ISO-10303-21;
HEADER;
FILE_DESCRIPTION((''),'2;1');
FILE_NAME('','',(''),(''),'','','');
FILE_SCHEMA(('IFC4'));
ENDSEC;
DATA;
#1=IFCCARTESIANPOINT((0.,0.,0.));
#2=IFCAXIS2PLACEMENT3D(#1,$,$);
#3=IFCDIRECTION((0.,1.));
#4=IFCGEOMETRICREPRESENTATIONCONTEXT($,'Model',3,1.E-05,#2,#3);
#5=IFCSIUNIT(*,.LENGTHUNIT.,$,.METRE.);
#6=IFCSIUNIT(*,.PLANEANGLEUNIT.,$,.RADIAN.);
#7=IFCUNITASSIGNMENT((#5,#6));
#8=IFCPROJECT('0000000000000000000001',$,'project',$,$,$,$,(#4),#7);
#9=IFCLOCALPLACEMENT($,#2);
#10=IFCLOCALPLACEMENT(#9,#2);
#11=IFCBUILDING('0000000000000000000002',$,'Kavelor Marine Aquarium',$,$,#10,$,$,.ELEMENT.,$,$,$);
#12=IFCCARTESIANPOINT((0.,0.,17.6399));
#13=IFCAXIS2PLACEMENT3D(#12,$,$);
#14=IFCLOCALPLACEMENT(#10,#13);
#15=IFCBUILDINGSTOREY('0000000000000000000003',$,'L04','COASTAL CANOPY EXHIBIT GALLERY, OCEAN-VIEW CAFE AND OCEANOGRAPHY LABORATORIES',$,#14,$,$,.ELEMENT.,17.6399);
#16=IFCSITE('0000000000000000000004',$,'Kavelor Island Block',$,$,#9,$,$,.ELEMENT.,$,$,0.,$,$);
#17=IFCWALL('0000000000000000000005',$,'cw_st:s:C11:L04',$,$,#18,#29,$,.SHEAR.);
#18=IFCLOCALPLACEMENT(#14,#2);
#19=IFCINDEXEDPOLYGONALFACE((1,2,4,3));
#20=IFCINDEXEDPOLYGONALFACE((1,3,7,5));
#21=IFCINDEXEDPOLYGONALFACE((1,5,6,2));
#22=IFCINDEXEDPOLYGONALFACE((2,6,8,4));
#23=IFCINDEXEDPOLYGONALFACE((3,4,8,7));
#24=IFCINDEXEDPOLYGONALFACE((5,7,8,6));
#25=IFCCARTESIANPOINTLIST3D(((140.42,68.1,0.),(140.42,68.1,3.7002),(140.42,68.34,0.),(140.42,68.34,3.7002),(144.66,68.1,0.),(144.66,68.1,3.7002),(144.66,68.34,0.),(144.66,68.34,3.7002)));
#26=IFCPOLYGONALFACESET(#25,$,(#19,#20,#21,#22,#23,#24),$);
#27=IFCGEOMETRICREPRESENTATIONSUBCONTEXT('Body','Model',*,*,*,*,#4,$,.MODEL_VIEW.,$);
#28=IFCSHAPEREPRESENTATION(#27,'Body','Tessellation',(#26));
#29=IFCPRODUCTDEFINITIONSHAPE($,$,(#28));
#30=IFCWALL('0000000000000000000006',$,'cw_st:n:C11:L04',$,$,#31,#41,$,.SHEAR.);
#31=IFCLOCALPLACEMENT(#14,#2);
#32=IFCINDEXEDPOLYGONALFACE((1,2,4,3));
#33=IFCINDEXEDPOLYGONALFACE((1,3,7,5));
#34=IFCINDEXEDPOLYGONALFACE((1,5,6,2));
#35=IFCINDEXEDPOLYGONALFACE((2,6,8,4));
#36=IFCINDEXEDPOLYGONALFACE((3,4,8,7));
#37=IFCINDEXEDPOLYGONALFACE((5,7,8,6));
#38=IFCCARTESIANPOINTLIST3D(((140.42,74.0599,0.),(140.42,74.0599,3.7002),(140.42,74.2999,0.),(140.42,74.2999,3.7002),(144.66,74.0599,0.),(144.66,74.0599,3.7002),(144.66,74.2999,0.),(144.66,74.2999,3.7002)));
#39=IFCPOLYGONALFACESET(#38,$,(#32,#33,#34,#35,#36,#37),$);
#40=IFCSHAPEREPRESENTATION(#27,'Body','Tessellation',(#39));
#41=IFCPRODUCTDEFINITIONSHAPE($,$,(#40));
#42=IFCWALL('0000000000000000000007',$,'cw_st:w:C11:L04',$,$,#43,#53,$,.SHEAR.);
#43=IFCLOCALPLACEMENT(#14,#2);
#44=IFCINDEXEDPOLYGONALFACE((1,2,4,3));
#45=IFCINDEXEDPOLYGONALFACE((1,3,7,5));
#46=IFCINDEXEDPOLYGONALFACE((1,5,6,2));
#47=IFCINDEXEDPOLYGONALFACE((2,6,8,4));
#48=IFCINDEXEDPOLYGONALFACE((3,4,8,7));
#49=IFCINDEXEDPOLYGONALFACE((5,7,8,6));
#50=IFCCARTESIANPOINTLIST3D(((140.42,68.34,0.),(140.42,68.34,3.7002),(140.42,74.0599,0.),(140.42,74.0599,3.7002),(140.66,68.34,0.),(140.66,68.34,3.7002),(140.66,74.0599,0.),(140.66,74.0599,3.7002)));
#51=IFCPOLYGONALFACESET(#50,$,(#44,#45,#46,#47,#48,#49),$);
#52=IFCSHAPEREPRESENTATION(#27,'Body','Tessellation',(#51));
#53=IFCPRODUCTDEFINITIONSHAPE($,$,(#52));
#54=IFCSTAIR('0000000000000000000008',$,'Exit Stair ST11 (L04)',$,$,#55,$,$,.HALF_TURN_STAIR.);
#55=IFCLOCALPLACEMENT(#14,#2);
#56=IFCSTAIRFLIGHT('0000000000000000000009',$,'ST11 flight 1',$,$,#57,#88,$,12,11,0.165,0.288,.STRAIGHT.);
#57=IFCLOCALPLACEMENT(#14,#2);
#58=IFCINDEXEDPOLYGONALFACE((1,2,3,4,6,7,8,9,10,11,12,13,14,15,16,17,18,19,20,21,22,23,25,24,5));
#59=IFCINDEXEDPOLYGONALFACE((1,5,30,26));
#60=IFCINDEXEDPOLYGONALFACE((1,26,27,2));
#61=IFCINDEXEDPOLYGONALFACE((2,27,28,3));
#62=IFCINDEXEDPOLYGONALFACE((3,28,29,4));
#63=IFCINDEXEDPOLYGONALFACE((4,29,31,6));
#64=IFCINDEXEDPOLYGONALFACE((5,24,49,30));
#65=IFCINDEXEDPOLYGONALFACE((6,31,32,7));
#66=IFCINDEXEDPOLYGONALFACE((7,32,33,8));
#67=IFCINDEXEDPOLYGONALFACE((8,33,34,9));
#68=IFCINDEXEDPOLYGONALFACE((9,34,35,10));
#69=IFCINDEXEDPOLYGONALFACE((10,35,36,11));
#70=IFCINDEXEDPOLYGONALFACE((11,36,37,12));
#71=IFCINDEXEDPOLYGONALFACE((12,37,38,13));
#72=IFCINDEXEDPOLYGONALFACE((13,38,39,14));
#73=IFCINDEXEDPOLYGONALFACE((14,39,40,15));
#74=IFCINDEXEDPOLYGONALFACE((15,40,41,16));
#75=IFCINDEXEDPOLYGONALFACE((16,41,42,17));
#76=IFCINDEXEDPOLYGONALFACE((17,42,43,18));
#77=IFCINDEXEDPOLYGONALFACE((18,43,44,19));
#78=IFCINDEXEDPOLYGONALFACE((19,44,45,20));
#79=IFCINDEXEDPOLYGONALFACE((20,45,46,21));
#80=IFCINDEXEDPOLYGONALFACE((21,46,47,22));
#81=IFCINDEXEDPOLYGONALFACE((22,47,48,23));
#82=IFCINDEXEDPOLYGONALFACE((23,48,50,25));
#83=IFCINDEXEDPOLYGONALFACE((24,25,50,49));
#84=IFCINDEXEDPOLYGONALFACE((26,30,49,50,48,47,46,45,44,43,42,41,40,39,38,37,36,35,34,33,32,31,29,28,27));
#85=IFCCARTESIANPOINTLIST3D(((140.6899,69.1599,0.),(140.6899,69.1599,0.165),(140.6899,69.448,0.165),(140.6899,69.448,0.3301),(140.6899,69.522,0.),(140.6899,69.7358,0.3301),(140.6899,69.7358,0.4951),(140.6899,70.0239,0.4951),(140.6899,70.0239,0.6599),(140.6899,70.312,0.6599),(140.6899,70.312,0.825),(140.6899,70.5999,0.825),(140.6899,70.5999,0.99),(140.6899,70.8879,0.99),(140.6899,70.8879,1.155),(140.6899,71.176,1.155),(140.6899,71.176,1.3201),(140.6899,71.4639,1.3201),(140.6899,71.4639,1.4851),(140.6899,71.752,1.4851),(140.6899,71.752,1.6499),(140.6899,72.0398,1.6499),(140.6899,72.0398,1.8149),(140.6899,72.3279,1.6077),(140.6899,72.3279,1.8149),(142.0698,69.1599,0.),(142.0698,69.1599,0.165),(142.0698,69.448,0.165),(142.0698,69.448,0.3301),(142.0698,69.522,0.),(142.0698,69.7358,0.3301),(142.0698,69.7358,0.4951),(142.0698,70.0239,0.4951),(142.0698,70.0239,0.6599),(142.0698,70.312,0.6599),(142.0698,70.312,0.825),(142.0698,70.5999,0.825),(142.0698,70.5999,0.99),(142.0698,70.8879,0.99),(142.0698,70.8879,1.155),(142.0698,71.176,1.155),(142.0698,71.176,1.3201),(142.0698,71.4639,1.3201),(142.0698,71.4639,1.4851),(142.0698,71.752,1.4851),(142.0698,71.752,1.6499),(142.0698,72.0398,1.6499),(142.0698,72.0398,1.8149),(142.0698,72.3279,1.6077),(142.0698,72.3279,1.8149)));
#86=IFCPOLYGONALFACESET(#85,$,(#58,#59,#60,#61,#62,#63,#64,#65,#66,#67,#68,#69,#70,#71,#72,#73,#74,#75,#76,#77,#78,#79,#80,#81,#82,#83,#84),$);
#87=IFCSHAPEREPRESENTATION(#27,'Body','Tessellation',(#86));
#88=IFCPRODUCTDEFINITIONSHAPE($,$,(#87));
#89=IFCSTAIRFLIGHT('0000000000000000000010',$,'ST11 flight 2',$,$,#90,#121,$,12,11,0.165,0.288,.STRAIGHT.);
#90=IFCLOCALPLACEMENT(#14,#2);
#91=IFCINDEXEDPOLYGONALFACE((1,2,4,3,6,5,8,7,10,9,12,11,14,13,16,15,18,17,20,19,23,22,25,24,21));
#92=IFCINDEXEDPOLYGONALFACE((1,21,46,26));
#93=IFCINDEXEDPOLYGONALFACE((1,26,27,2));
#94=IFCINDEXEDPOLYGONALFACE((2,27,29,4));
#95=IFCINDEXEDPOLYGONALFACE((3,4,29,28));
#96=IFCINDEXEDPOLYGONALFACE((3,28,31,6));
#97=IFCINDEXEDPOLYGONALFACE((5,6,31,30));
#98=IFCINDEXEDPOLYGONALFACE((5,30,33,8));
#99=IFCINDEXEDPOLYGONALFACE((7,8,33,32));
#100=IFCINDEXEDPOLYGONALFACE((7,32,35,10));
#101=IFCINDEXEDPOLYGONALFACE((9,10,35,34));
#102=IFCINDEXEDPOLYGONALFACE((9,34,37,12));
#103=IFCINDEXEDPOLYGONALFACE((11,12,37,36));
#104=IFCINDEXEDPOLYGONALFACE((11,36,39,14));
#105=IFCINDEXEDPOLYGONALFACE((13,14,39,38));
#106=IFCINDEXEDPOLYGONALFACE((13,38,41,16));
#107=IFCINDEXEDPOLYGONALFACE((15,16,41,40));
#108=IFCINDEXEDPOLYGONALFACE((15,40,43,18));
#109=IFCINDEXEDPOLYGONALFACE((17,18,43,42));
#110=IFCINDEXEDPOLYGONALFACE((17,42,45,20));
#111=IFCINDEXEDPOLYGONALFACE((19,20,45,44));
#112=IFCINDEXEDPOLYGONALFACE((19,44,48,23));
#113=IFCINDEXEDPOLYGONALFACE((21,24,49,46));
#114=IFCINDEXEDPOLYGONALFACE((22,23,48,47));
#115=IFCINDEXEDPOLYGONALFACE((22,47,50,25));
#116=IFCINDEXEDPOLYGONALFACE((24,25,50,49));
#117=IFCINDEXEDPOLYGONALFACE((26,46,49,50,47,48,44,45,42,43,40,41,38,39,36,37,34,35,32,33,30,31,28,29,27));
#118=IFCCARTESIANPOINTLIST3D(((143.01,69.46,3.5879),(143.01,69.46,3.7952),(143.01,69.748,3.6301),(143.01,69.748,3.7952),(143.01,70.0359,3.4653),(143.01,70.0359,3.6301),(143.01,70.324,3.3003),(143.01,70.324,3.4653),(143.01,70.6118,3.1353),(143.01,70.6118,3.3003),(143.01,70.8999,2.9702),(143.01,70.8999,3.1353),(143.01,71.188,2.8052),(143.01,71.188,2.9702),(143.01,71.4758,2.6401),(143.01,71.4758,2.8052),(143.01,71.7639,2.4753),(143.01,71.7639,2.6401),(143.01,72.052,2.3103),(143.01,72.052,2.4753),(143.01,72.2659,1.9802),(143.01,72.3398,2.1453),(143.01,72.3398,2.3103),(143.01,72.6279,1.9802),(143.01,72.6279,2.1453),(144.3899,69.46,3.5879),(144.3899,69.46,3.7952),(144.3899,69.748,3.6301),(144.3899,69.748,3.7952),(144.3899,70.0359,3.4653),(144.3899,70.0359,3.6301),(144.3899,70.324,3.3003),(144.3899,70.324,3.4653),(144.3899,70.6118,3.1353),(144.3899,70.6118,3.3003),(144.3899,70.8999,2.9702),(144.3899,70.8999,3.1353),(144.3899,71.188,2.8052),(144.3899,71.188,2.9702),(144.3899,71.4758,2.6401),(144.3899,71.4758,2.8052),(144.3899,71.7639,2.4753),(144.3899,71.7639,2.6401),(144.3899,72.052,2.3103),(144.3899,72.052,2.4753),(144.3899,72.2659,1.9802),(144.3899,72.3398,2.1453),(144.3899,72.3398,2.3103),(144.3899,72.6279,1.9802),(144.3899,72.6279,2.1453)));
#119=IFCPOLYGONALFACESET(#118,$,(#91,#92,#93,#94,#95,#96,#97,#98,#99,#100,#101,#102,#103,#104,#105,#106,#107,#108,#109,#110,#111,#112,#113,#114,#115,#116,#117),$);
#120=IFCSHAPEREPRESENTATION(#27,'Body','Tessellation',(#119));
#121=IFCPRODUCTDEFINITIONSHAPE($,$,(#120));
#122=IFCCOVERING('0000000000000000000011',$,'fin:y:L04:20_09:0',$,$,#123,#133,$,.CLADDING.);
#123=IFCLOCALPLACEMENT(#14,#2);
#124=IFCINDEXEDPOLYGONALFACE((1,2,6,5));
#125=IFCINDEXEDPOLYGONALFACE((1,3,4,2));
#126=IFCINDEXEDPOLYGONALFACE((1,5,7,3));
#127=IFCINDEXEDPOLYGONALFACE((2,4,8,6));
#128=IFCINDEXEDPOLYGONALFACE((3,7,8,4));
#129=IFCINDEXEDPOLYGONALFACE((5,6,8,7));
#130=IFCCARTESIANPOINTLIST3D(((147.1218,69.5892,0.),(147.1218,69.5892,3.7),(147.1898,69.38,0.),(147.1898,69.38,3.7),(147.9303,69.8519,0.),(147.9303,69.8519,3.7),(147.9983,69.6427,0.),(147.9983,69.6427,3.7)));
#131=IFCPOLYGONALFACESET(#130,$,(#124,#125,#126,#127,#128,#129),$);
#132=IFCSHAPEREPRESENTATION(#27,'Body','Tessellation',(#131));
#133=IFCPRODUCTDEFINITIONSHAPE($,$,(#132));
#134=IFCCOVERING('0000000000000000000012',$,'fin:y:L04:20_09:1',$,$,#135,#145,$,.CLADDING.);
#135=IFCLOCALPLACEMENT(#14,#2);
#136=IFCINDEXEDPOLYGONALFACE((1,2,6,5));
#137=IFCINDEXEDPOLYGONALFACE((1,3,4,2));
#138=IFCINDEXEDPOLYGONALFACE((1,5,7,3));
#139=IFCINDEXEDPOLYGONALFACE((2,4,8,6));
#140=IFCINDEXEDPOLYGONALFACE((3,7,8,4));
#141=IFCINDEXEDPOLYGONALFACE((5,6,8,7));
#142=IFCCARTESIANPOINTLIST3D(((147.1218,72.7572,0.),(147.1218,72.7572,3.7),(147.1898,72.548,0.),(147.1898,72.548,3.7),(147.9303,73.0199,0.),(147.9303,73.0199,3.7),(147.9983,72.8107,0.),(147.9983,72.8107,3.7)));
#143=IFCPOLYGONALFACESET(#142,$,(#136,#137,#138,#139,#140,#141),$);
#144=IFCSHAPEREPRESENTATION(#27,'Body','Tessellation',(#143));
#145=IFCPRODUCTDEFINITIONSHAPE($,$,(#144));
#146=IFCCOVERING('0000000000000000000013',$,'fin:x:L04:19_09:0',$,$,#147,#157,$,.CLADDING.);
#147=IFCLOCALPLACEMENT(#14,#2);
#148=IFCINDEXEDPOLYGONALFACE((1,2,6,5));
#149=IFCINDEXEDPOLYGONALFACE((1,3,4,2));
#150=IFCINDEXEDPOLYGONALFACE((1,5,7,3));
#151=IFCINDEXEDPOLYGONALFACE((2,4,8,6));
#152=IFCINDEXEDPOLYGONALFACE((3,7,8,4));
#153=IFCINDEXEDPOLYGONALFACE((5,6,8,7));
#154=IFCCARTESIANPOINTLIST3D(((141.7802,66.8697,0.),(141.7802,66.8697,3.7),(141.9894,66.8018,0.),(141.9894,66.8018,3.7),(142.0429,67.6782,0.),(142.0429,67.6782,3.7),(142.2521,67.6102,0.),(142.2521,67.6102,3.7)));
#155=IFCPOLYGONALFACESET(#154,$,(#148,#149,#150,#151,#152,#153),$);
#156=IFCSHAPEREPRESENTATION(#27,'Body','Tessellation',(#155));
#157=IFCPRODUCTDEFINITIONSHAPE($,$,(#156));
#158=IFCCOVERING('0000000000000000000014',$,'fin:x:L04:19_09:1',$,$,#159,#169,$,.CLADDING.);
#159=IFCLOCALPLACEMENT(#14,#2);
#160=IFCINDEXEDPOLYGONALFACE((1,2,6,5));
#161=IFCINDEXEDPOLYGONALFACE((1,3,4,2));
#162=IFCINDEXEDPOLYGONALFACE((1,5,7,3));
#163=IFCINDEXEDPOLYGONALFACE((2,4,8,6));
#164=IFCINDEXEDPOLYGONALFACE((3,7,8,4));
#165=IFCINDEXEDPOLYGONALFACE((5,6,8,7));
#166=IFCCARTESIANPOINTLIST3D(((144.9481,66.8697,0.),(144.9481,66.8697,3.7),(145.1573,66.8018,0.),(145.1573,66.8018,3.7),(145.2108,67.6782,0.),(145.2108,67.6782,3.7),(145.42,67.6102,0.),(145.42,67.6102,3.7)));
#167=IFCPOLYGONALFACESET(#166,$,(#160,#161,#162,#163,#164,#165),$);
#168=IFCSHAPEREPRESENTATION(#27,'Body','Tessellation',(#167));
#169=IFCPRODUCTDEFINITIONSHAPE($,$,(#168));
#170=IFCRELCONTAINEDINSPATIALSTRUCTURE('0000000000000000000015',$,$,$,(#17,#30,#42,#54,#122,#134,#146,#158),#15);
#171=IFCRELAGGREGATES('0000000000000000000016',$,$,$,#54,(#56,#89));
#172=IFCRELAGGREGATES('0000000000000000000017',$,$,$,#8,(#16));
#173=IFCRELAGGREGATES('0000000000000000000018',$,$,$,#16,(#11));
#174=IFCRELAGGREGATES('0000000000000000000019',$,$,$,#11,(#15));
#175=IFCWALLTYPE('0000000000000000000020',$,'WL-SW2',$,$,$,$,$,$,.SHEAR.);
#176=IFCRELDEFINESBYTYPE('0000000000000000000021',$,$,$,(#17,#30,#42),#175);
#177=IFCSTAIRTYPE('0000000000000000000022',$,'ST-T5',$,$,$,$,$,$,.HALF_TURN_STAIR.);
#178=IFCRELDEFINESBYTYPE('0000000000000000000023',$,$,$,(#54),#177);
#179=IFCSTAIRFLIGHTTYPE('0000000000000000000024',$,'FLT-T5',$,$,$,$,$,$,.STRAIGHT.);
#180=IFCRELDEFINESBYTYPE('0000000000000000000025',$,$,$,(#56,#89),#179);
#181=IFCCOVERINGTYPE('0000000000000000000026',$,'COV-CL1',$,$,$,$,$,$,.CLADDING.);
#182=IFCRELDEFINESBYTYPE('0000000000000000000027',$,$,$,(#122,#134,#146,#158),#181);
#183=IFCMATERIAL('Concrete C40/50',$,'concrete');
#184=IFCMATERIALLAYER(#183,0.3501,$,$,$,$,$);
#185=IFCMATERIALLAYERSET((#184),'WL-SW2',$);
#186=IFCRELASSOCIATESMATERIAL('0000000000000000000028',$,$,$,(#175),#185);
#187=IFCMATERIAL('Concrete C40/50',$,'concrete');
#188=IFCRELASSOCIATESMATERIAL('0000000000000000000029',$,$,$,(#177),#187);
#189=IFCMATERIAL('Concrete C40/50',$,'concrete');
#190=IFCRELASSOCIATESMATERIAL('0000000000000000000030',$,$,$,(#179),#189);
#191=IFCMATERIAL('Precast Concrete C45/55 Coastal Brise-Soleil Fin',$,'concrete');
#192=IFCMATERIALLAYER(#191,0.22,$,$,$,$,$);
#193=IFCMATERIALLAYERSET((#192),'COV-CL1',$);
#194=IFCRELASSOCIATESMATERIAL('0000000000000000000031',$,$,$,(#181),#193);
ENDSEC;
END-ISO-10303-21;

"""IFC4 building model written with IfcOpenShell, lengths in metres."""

from ifc_helpers import new_model, si_unit, direction, frame, frame_2d, origin, origin_2d, place, context, subcontext, project, spatial, polyline, rectangle, outline, extrude, material, layer, layer_set, type_object, element, aggregate, save


model = new_model("IFC4")

# Units and contexts
model_context = context("Model", 3, precision=1e-05, world=origin(), true_north=direction((0.0, 1.0)))
body_context = subcontext(model_context, "Body", "Model", "MODEL_VIEW")
ifc_project = project(units=[si_unit("LENGTHUNIT", "METRE"), si_unit("PLANEANGLEUNIT", "RADIAN")], contexts=[model_context])

# Site, building, storey
site_placement = place(None, origin())
site = spatial("IfcSite", under=ifc_project, at=site_placement, Name="Kavelor Island Block", CompositionType="ELEMENT", RefElevation=0.0)
building_placement = place(site_placement, origin())
building = spatial("IfcBuilding", under=site, at=building_placement, Name="Kavelor Marine Aquarium", CompositionType="ELEMENT")
storey_placement = place(building_placement, frame((0.0, 0.0, 17.6399)))
storey = spatial("IfcBuildingStorey", under=building, at=storey_placement, Name="L04", Description="COASTAL CANOPY EXHIBIT GALLERY, OCEAN-VIEW CAFE AND OCEANOGRAPHY LABORATORIES", CompositionType="ELEMENT", Elevation=17.6399)

# Walls
ifc_material_1 = material(Name="Concrete C40/50", Category="concrete")
ifc_layer_1 = layer(ifc_material_1, 0.3501)
ifc_layer_set_1 = layer_set([ifc_layer_1], Name="WL-SW2")
wall_type_1 = type_object("IfcWallType", Name="WL-SW2", PredefinedType="SHEAR", material=ifc_layer_set_1)
for number, where, z_axis, x_axis, name in (
    (1, (140.4199, 68.22, 0.0), (0.0, 0.0, 1.0), (1.0, 0.0, 0.0), "cw_st:s:C11:L04"),
    (2, (140.4199, 74.1799, 0.0), (0.0, 0.0, 1.0), (1.0, 0.0, 0.0), "cw_st:n:C11:L04"),
):
    element("IfcWall", number, at=place(storey_placement, frame(where, z_axis=z_axis, x_axis=x_axis)), inside=storey, type_object=wall_type_1, Name=name, PredefinedType="SHEAR", context=body_context, shape_type="SweptSolid", body=[
        extrude(rectangle(XDim=4.24, YDim=0.24, at=frame_2d((2.1201, 0.0))), origin(), (0.0, 0.0, 1.0), 3.7002),
    ])
wall_1_placement = place(storey_placement, frame((140.54, 68.3401, 0.0), z_axis=(0.0, 0.0, 1.0), x_axis=(0.0, 1.0, 0.0)))
element("IfcWall", 3, at=wall_1_placement, inside=storey, type_object=wall_type_1, Name="cw_st:w:C11:L04", PredefinedType="SHEAR", context=body_context, shape_type="SweptSolid", body=[
    extrude(rectangle(XDim=5.72, YDim=0.24, at=frame_2d((2.8599, 0.0))), origin(), (0.0, 0.0, 1.0), 3.7002),
])

# Stair, stair flights
ifc_material_2 = material(Name="Concrete C40/50", Category="concrete")
stair_type = type_object("IfcStairType", Name="ST-T5", PredefinedType="HALF_TURN_STAIR", material=ifc_material_2)
stair_placement = place(storey_placement, origin())
stair = element("IfcStair", 4, at=stair_placement, inside=storey, type_object=stair_type, Name="Exit Stair ST11 (L04)", PredefinedType="HALF_TURN_STAIR")
ifc_material_3 = material(Name="Concrete C40/50", Category="concrete")
stair_flight_type = type_object("IfcStairFlightType", Name="FLT-T5", PredefinedType="STRAIGHT", material=ifc_material_3)
stair_flight_1_placement = place(storey_placement, frame((141.3799, 69.1599, 0.0), z_axis=(0.0, 0.0, 1.0), x_axis=(0.0, 1.0, 0.0)))
stair_flight_1 = element("IfcStairFlight", 5, at=stair_flight_1_placement, type_object=stair_flight_type, Name="ST11 flight 1", NumberOfRisers=12, NumberOfTreads=11, PredefinedType="STRAIGHT", RiserHeight=0.165, TreadLength=0.288, context=body_context, shape_type="SweptSolid", body=[
    extrude(outline(polyline([(0.0, 0.0), (0.0, 0.165), (0.2881, 0.165), (0.2881, 0.3301), (0.5759, 0.3301), (0.5759, 0.4951), (0.864, 0.4951), (0.864, 0.6599), (1.1521, 0.6599), (1.1521, 0.825), (1.4399, 0.825), (1.4399, 0.99), (1.728, 0.99), (1.728, 1.155), (2.0161, 1.155), (2.0161, 1.3201), (2.304, 1.3201), (2.304, 1.4851), (2.592, 1.4851), (2.592, 1.6499), (2.8799, 1.6499), (2.8799, 1.8149), (3.168, 1.8149), (3.168, 1.98), (3.168, 1.6077), (0.3621, 0.0), (0.0, 0.0)])), frame((0.0, 0.6899, 0.0), z_axis=(0.0, -1.0, 0.0), x_axis=(1.0, 0.0, 0.0)), (0.0, 0.0, 1.0), 1.3799),
])
stair_flight_2_placement = place(storey_placement, frame((143.7, 72.6279, 1.9802), z_axis=(0.0, 0.0, 1.0), x_axis=(0.0, -1.0, 0.0)))
stair_flight_2 = element("IfcStairFlight", 6, at=stair_flight_2_placement, type_object=stair_flight_type, Name="ST11 flight 2", NumberOfRisers=12, NumberOfTreads=11, PredefinedType="STRAIGHT", RiserHeight=0.165, TreadLength=0.288, context=body_context, shape_type="SweptSolid", body=[
    extrude(outline(polyline([(0.0, 0.0), (0.0, 0.165), (0.2881, 0.165), (0.2881, 0.3301), (0.5759, 0.3301), (0.5759, 0.4951), (0.864, 0.4951), (0.864, 0.6599), (1.1521, 0.6599), (1.1521, 0.825), (1.4399, 0.825), (1.4399, 0.99), (1.728, 0.99), (1.728, 1.155), (2.0161, 1.155), (2.0161, 1.3201), (2.304, 1.3201), (2.304, 1.4851), (2.592, 1.4851), (2.592, 1.6499), (2.8799, 1.6499), (2.8799, 1.8149), (3.168, 1.8149), (3.168, 1.98), (3.168, 1.6077), (0.3621, 0.0), (0.0, 0.0)])), frame((0.0, 0.6899, 0.0), z_axis=(0.0, -1.0, 0.0), x_axis=(1.0, 0.0, 0.0)), (0.0, 0.0, 1.0), 1.3799),
])
aggregate(stair, [stair_flight_1, stair_flight_2])

# Coverings
ifc_material_4 = material(Name="Precast Concrete C45/55 Coastal Brise-Soleil Fin", Category="concrete")
ifc_layer_2 = layer(ifc_material_4, 0.22)
ifc_layer_set_2 = layer_set([ifc_layer_2], Name="COV-CL1")
covering_type = type_object("IfcCoveringType", Name="COV-CL1", PredefinedType="CLADDING", material=ifc_layer_set_2)
for number, where, z_axis, x_axis, name in (
    (7, (147.5601, 69.616, 0.0), (0.0, 0.0, 1.0), (0.951057, 0.309017, 0.0), "fin:y:L04:20_09:0"),
    (8, (147.5601, 72.7839, 0.0), (0.0, 0.0, 1.0), (0.951057, 0.309017, 0.0), "fin:y:L04:20_09:1"),
):
    element("IfcCovering", number, at=place(storey_placement, frame(where, z_axis=z_axis, x_axis=x_axis)), inside=storey, type_object=covering_type, Name=name, PredefinedType="CLADDING", context=body_context, shape_type="SweptSolid", body=[
        extrude(rectangle(XDim=0.8501, YDim=0.22, at=origin_2d()), origin(), (0.0, 0.0, 1.0), 3.7),
    ])
for number, where, z_axis, x_axis, name in (
    (9, (142.0161, 67.24, 0.0), (0.0, 0.0, 1.0), (0.951057, -0.309017, 0.0), "fin:x:L04:19_09:0"),
    (10, (145.1841, 67.24, 0.0), (0.0, 0.0, 1.0), (0.951057, -0.309017, 0.0), "fin:x:L04:19_09:1"),
):
    element("IfcCovering", number, at=place(storey_placement, frame(where, z_axis=z_axis, x_axis=x_axis)), inside=storey, type_object=covering_type, Name=name, PredefinedType="CLADDING", context=body_context, shape_type="SweptSolid", body=[
        extrude(rectangle(XDim=0.22, YDim=0.8501, at=origin_2d()), origin(), (0.0, 0.0, 1.0), 3.7),
    ])

save(model, "model.ifc")
